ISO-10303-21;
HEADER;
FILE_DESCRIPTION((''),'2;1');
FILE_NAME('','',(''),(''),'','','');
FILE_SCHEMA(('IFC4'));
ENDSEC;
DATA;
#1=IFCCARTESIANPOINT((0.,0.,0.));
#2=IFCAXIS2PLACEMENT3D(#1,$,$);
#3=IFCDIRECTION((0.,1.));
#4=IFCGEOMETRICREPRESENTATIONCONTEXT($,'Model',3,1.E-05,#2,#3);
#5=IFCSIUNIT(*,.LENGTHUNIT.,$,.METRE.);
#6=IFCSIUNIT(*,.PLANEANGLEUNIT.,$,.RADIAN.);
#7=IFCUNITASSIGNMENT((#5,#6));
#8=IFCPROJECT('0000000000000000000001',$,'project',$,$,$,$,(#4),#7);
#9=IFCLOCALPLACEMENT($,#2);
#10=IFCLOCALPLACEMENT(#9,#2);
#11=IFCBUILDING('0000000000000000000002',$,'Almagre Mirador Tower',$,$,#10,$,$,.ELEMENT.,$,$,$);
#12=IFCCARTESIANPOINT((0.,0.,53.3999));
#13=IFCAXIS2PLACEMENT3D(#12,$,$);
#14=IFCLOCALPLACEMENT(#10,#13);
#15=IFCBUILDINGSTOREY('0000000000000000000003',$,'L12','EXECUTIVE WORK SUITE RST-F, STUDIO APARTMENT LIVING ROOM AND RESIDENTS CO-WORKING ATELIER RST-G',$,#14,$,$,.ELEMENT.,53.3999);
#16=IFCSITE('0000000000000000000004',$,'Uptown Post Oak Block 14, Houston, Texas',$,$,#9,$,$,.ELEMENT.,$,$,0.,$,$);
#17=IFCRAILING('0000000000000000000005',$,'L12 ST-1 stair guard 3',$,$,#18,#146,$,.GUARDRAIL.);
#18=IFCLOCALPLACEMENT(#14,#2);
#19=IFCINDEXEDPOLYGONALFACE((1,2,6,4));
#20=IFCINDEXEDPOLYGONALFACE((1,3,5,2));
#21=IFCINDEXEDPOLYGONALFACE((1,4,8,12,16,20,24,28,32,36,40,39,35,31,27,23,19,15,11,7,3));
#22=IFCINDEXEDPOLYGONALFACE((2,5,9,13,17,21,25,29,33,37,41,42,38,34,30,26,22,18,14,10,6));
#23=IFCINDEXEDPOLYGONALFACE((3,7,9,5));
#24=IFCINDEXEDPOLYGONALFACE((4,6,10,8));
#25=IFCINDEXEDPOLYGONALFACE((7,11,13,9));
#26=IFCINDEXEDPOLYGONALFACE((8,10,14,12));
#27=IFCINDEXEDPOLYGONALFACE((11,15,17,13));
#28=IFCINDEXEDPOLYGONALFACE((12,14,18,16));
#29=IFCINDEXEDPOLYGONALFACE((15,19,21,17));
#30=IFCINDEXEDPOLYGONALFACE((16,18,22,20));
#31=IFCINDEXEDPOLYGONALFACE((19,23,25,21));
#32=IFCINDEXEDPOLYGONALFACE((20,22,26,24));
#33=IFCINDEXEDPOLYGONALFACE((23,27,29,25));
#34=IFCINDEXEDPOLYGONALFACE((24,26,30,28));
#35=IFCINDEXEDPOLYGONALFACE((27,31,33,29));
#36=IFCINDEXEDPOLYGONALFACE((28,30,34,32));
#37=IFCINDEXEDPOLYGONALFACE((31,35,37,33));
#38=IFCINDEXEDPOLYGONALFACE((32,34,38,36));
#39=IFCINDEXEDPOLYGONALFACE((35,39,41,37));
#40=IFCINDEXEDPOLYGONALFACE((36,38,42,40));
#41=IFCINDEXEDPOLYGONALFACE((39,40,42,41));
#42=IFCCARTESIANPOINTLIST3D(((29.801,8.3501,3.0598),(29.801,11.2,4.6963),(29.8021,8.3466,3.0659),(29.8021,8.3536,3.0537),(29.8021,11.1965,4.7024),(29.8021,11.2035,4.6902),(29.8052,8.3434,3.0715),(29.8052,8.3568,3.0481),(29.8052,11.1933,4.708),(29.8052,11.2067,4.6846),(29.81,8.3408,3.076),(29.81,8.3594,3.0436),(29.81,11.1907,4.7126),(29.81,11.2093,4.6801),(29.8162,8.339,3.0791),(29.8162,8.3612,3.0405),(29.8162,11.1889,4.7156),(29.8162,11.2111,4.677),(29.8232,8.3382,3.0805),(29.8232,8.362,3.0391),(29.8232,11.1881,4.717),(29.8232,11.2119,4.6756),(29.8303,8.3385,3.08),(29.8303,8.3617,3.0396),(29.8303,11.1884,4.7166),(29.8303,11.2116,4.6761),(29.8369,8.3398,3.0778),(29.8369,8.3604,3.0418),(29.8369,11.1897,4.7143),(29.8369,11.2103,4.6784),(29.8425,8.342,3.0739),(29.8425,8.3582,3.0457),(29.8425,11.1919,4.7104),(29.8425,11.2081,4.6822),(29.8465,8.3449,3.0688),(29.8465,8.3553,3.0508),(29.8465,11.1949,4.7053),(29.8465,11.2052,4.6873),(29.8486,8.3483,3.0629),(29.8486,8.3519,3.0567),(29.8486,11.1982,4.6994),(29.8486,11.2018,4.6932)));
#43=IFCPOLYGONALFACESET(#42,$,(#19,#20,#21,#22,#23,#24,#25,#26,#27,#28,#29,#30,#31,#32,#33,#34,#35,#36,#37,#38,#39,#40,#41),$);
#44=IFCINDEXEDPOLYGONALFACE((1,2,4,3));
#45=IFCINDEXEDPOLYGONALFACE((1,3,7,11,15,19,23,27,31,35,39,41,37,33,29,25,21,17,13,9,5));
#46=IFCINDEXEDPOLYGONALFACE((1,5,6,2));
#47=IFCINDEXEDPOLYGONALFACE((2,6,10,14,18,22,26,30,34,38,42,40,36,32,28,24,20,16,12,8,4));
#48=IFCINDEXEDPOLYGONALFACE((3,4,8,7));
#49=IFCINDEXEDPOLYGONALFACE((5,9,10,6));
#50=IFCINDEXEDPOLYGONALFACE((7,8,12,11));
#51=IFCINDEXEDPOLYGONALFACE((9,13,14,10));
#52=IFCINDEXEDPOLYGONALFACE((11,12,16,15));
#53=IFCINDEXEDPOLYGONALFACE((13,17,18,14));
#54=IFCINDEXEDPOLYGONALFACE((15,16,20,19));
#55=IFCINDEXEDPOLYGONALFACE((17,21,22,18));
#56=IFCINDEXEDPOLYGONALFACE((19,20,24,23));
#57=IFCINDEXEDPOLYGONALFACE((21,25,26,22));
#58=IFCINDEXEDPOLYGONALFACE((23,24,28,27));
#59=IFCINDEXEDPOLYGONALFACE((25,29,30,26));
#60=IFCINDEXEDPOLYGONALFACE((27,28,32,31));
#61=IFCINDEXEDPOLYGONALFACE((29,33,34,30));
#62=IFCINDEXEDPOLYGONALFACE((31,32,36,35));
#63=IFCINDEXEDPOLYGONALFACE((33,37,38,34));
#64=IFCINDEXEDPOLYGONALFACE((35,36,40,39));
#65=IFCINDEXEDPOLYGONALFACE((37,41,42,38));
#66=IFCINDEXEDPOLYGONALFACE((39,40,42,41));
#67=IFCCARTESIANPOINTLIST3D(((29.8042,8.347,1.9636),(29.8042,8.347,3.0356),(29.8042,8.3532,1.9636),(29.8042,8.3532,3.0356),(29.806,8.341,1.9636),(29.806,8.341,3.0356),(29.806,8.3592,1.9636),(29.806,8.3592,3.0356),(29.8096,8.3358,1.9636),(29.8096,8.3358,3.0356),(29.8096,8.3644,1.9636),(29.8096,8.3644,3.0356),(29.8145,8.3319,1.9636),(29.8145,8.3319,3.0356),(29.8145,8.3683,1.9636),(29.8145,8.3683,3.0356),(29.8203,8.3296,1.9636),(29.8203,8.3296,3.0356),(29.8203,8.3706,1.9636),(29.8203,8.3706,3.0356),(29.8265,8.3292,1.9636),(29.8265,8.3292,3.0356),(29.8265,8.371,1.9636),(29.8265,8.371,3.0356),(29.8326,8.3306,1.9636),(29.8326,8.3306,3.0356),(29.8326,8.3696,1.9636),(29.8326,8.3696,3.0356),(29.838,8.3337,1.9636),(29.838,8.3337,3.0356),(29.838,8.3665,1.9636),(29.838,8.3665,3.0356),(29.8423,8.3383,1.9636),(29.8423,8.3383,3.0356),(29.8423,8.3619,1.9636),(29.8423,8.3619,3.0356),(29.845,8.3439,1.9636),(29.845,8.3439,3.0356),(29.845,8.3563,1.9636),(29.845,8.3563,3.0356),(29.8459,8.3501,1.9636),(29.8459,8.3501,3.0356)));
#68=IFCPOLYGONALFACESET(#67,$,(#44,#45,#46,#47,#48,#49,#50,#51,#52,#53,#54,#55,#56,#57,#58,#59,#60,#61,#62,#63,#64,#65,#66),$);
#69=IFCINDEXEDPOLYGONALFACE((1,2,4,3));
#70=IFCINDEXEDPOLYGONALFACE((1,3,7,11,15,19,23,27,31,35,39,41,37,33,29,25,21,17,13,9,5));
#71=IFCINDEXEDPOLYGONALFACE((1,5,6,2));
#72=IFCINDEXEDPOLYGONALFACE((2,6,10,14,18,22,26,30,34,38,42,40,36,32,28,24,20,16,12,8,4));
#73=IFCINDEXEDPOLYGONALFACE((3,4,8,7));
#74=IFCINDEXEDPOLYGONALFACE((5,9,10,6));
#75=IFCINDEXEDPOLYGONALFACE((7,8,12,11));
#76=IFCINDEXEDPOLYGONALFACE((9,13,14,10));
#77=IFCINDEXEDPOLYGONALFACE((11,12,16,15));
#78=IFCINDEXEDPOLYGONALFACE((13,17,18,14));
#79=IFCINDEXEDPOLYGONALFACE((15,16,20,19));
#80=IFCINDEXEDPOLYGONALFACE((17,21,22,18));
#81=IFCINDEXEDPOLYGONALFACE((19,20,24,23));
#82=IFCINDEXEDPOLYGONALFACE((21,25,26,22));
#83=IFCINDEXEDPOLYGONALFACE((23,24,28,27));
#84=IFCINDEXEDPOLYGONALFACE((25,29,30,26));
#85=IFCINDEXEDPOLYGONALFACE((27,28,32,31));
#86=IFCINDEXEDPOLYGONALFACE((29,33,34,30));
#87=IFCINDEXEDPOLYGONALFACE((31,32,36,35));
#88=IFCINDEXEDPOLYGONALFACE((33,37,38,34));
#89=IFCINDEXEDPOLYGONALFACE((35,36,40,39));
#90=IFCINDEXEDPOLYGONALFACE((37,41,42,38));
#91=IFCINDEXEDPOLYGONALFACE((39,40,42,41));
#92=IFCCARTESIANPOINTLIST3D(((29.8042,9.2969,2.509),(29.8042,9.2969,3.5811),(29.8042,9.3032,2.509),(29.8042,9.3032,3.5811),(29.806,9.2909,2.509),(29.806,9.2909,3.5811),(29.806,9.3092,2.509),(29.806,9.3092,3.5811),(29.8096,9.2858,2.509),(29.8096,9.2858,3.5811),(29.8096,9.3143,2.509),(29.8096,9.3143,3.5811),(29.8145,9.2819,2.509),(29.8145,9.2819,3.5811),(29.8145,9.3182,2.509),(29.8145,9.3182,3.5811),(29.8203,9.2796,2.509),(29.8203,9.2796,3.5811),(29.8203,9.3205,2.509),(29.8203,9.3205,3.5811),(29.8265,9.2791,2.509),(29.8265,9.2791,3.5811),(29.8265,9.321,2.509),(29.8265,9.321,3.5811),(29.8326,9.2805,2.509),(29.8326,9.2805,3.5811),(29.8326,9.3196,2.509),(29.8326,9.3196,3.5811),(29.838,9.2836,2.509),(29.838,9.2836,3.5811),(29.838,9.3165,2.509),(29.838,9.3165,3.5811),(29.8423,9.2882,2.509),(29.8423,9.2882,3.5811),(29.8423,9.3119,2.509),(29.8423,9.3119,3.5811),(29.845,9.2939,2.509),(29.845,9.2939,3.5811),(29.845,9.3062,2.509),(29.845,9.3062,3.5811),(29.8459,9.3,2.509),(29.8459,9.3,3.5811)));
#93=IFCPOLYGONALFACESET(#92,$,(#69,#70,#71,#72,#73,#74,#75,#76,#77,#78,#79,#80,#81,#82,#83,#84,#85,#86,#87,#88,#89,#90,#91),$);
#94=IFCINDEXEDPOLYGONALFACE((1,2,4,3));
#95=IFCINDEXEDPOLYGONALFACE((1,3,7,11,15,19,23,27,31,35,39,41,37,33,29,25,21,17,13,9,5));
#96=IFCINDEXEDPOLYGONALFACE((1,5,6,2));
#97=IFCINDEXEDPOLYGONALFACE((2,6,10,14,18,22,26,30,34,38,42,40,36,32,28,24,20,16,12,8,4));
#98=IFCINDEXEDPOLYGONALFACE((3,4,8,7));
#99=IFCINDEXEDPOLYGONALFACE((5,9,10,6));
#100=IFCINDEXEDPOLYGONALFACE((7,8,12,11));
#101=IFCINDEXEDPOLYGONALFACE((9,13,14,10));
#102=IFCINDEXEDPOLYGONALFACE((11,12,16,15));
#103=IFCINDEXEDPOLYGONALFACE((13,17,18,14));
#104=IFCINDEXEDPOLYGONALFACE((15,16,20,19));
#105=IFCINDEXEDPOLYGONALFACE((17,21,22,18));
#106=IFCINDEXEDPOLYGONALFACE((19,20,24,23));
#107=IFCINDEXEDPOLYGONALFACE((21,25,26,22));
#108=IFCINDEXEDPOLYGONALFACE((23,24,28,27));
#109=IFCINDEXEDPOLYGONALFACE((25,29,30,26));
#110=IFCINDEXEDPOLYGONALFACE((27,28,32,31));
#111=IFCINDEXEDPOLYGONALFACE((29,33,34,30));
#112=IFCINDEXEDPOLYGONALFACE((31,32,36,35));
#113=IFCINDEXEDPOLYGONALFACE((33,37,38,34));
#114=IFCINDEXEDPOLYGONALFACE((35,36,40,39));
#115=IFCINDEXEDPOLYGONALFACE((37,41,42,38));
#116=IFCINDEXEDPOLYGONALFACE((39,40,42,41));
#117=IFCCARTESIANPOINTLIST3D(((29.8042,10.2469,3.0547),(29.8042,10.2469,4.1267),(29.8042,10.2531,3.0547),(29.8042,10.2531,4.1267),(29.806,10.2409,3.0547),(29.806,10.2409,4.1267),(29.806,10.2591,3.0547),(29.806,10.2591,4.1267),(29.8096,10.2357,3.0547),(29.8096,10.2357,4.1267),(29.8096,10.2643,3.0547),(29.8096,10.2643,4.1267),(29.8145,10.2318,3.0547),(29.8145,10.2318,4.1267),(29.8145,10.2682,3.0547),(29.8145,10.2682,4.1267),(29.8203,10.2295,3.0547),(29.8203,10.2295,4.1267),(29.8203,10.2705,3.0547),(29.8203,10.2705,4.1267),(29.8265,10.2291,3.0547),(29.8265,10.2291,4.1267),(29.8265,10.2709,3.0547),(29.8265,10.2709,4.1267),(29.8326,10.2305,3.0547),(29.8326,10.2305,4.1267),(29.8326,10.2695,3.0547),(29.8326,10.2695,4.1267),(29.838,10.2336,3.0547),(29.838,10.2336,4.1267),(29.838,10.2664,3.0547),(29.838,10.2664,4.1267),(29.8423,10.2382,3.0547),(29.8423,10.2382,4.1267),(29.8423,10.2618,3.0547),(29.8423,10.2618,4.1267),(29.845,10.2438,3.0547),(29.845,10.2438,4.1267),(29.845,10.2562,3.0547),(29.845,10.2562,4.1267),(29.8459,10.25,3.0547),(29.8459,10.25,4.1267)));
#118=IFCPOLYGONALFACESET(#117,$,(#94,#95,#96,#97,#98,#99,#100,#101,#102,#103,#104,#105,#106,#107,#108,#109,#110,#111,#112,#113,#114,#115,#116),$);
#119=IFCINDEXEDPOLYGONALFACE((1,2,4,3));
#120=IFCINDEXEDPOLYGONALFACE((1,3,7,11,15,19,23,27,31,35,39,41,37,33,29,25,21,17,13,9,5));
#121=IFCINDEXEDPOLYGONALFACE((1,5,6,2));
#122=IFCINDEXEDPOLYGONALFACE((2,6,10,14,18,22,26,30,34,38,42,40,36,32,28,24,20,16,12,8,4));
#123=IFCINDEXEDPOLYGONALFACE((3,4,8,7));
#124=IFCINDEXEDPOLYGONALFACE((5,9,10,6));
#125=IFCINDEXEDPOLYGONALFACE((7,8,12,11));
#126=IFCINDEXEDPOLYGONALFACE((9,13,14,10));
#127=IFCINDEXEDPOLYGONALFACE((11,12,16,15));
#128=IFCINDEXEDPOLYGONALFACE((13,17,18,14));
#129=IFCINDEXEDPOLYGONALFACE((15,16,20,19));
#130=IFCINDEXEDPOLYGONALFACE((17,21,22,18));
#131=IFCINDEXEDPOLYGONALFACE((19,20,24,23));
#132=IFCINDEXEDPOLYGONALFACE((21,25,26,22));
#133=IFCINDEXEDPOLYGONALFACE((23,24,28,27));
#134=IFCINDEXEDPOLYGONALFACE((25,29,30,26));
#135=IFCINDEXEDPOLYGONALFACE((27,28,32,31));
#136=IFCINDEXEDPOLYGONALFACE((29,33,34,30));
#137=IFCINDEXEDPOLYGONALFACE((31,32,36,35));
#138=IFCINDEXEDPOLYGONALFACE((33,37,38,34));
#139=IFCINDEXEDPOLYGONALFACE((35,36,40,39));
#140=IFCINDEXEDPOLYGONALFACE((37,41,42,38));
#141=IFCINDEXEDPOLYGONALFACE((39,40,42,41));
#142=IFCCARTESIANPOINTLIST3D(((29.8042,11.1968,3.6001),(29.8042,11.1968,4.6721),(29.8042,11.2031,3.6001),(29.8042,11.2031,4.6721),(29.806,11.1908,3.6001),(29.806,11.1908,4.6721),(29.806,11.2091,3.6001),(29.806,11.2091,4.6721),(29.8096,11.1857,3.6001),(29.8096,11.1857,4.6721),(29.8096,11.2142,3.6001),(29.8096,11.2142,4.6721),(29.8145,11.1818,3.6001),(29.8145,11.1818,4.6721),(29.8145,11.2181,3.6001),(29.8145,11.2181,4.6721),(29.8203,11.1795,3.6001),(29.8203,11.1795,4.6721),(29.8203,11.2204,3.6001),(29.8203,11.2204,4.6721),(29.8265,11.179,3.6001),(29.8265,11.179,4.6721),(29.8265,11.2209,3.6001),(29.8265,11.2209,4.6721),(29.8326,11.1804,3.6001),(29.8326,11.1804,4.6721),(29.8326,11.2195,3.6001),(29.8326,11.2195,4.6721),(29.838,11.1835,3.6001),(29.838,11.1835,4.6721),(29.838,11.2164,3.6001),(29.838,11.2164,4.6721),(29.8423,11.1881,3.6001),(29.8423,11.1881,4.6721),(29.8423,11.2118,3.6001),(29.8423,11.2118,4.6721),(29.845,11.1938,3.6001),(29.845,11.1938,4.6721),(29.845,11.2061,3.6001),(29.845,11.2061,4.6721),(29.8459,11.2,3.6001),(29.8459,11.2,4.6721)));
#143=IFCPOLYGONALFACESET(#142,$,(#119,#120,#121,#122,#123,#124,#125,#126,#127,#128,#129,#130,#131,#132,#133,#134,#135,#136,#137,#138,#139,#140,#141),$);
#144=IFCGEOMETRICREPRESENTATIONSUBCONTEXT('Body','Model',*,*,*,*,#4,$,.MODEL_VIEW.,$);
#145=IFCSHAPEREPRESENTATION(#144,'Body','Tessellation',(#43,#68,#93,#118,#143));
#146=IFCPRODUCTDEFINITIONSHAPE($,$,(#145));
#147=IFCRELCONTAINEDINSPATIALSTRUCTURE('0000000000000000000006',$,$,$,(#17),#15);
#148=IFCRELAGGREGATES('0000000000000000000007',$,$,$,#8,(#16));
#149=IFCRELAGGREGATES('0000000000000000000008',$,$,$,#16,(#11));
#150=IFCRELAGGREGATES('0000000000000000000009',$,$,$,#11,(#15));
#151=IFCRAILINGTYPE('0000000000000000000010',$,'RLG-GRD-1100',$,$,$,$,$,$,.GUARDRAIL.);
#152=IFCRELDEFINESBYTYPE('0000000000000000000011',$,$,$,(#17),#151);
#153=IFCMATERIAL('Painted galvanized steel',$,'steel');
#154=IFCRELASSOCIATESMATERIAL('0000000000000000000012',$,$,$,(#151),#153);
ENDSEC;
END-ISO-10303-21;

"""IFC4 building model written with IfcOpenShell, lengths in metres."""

from ifc_helpers import new_model, si_unit, direction, frame, origin, origin_2d, place, context, subcontext, project, spatial, circle, extrude, material, type_object, element, save


model = new_model("IFC4")

# Units and contexts
model_context = context("Model", 3, precision=1e-05, world=origin(), true_north=direction((0.0, 1.0)))
body_context = subcontext(model_context, "Body", "Model", "MODEL_VIEW")
ifc_project = project(units=[si_unit("LENGTHUNIT", "METRE"), si_unit("PLANEANGLEUNIT", "RADIAN")], contexts=[model_context])

# Site, building, storey
site_placement = place(None, origin())
site = spatial("IfcSite", under=ifc_project, at=site_placement, Name="Uptown Post Oak Block 14, Houston, Texas", CompositionType="ELEMENT", RefElevation=0.0)
building_placement = place(site_placement, origin())
building = spatial("IfcBuilding", under=site, at=building_placement, Name="Almagre Mirador Tower", CompositionType="ELEMENT")
storey_placement = place(building_placement, frame((0.0, 0.0, 53.3999)))
storey = spatial("IfcBuildingStorey", under=building, at=storey_placement, Name="L12", Description="EXECUTIVE WORK SUITE RST-F, STUDIO APARTMENT LIVING ROOM AND RESIDENTS CO-WORKING ATELIER RST-G", CompositionType="ELEMENT", Elevation=53.3999)

# Railing
ifc_material_1 = material(Name="Painted galvanized steel", Category="steel")
railing_type_1 = type_object("IfcRailingType", Name="RLG-GRD-1100", PredefinedType="GUARDRAIL", material=ifc_material_1)
railing_1_placement = place(storey_placement, frame((29.825, 8.3501, 1.9636)))
element("IfcRailing", 1, at=railing_1_placement, inside=storey, type_object=railing_type_1, Name="L12 ST-1 stair guard 3", PredefinedType="GUARDRAIL", context=body_context, shape_type="SweptSolid", body=[
    extrude(circle(Radius=0.0239, at=origin_2d()), frame((0.0, 0.0, 1.0962), z_axis=(0.0, 0.867194, 0.49797), x_axis=(-1.0, 0.0, 0.0)), (0.0, 0.0, 1.0), 3.2864),
    extrude(circle(Radius=0.021, at=origin_2d()), origin(), (0.0, 0.0, 1.0), 1.072),
    extrude(circle(Radius=0.021, at=origin_2d()), frame((0.0, 0.95, 0.5454)), (0.0, 0.0, 1.0), 1.072),
    extrude(circle(Radius=0.021, at=origin_2d()), frame((0.0, 1.8999, 1.0911)), (0.0, 0.0, 1.0), 1.072),
    extrude(circle(Radius=0.021, at=origin_2d()), frame((0.0, 2.8499, 1.6365)), (0.0, 0.0, 1.0), 1.072),
])

save(model, "model.ifc")
